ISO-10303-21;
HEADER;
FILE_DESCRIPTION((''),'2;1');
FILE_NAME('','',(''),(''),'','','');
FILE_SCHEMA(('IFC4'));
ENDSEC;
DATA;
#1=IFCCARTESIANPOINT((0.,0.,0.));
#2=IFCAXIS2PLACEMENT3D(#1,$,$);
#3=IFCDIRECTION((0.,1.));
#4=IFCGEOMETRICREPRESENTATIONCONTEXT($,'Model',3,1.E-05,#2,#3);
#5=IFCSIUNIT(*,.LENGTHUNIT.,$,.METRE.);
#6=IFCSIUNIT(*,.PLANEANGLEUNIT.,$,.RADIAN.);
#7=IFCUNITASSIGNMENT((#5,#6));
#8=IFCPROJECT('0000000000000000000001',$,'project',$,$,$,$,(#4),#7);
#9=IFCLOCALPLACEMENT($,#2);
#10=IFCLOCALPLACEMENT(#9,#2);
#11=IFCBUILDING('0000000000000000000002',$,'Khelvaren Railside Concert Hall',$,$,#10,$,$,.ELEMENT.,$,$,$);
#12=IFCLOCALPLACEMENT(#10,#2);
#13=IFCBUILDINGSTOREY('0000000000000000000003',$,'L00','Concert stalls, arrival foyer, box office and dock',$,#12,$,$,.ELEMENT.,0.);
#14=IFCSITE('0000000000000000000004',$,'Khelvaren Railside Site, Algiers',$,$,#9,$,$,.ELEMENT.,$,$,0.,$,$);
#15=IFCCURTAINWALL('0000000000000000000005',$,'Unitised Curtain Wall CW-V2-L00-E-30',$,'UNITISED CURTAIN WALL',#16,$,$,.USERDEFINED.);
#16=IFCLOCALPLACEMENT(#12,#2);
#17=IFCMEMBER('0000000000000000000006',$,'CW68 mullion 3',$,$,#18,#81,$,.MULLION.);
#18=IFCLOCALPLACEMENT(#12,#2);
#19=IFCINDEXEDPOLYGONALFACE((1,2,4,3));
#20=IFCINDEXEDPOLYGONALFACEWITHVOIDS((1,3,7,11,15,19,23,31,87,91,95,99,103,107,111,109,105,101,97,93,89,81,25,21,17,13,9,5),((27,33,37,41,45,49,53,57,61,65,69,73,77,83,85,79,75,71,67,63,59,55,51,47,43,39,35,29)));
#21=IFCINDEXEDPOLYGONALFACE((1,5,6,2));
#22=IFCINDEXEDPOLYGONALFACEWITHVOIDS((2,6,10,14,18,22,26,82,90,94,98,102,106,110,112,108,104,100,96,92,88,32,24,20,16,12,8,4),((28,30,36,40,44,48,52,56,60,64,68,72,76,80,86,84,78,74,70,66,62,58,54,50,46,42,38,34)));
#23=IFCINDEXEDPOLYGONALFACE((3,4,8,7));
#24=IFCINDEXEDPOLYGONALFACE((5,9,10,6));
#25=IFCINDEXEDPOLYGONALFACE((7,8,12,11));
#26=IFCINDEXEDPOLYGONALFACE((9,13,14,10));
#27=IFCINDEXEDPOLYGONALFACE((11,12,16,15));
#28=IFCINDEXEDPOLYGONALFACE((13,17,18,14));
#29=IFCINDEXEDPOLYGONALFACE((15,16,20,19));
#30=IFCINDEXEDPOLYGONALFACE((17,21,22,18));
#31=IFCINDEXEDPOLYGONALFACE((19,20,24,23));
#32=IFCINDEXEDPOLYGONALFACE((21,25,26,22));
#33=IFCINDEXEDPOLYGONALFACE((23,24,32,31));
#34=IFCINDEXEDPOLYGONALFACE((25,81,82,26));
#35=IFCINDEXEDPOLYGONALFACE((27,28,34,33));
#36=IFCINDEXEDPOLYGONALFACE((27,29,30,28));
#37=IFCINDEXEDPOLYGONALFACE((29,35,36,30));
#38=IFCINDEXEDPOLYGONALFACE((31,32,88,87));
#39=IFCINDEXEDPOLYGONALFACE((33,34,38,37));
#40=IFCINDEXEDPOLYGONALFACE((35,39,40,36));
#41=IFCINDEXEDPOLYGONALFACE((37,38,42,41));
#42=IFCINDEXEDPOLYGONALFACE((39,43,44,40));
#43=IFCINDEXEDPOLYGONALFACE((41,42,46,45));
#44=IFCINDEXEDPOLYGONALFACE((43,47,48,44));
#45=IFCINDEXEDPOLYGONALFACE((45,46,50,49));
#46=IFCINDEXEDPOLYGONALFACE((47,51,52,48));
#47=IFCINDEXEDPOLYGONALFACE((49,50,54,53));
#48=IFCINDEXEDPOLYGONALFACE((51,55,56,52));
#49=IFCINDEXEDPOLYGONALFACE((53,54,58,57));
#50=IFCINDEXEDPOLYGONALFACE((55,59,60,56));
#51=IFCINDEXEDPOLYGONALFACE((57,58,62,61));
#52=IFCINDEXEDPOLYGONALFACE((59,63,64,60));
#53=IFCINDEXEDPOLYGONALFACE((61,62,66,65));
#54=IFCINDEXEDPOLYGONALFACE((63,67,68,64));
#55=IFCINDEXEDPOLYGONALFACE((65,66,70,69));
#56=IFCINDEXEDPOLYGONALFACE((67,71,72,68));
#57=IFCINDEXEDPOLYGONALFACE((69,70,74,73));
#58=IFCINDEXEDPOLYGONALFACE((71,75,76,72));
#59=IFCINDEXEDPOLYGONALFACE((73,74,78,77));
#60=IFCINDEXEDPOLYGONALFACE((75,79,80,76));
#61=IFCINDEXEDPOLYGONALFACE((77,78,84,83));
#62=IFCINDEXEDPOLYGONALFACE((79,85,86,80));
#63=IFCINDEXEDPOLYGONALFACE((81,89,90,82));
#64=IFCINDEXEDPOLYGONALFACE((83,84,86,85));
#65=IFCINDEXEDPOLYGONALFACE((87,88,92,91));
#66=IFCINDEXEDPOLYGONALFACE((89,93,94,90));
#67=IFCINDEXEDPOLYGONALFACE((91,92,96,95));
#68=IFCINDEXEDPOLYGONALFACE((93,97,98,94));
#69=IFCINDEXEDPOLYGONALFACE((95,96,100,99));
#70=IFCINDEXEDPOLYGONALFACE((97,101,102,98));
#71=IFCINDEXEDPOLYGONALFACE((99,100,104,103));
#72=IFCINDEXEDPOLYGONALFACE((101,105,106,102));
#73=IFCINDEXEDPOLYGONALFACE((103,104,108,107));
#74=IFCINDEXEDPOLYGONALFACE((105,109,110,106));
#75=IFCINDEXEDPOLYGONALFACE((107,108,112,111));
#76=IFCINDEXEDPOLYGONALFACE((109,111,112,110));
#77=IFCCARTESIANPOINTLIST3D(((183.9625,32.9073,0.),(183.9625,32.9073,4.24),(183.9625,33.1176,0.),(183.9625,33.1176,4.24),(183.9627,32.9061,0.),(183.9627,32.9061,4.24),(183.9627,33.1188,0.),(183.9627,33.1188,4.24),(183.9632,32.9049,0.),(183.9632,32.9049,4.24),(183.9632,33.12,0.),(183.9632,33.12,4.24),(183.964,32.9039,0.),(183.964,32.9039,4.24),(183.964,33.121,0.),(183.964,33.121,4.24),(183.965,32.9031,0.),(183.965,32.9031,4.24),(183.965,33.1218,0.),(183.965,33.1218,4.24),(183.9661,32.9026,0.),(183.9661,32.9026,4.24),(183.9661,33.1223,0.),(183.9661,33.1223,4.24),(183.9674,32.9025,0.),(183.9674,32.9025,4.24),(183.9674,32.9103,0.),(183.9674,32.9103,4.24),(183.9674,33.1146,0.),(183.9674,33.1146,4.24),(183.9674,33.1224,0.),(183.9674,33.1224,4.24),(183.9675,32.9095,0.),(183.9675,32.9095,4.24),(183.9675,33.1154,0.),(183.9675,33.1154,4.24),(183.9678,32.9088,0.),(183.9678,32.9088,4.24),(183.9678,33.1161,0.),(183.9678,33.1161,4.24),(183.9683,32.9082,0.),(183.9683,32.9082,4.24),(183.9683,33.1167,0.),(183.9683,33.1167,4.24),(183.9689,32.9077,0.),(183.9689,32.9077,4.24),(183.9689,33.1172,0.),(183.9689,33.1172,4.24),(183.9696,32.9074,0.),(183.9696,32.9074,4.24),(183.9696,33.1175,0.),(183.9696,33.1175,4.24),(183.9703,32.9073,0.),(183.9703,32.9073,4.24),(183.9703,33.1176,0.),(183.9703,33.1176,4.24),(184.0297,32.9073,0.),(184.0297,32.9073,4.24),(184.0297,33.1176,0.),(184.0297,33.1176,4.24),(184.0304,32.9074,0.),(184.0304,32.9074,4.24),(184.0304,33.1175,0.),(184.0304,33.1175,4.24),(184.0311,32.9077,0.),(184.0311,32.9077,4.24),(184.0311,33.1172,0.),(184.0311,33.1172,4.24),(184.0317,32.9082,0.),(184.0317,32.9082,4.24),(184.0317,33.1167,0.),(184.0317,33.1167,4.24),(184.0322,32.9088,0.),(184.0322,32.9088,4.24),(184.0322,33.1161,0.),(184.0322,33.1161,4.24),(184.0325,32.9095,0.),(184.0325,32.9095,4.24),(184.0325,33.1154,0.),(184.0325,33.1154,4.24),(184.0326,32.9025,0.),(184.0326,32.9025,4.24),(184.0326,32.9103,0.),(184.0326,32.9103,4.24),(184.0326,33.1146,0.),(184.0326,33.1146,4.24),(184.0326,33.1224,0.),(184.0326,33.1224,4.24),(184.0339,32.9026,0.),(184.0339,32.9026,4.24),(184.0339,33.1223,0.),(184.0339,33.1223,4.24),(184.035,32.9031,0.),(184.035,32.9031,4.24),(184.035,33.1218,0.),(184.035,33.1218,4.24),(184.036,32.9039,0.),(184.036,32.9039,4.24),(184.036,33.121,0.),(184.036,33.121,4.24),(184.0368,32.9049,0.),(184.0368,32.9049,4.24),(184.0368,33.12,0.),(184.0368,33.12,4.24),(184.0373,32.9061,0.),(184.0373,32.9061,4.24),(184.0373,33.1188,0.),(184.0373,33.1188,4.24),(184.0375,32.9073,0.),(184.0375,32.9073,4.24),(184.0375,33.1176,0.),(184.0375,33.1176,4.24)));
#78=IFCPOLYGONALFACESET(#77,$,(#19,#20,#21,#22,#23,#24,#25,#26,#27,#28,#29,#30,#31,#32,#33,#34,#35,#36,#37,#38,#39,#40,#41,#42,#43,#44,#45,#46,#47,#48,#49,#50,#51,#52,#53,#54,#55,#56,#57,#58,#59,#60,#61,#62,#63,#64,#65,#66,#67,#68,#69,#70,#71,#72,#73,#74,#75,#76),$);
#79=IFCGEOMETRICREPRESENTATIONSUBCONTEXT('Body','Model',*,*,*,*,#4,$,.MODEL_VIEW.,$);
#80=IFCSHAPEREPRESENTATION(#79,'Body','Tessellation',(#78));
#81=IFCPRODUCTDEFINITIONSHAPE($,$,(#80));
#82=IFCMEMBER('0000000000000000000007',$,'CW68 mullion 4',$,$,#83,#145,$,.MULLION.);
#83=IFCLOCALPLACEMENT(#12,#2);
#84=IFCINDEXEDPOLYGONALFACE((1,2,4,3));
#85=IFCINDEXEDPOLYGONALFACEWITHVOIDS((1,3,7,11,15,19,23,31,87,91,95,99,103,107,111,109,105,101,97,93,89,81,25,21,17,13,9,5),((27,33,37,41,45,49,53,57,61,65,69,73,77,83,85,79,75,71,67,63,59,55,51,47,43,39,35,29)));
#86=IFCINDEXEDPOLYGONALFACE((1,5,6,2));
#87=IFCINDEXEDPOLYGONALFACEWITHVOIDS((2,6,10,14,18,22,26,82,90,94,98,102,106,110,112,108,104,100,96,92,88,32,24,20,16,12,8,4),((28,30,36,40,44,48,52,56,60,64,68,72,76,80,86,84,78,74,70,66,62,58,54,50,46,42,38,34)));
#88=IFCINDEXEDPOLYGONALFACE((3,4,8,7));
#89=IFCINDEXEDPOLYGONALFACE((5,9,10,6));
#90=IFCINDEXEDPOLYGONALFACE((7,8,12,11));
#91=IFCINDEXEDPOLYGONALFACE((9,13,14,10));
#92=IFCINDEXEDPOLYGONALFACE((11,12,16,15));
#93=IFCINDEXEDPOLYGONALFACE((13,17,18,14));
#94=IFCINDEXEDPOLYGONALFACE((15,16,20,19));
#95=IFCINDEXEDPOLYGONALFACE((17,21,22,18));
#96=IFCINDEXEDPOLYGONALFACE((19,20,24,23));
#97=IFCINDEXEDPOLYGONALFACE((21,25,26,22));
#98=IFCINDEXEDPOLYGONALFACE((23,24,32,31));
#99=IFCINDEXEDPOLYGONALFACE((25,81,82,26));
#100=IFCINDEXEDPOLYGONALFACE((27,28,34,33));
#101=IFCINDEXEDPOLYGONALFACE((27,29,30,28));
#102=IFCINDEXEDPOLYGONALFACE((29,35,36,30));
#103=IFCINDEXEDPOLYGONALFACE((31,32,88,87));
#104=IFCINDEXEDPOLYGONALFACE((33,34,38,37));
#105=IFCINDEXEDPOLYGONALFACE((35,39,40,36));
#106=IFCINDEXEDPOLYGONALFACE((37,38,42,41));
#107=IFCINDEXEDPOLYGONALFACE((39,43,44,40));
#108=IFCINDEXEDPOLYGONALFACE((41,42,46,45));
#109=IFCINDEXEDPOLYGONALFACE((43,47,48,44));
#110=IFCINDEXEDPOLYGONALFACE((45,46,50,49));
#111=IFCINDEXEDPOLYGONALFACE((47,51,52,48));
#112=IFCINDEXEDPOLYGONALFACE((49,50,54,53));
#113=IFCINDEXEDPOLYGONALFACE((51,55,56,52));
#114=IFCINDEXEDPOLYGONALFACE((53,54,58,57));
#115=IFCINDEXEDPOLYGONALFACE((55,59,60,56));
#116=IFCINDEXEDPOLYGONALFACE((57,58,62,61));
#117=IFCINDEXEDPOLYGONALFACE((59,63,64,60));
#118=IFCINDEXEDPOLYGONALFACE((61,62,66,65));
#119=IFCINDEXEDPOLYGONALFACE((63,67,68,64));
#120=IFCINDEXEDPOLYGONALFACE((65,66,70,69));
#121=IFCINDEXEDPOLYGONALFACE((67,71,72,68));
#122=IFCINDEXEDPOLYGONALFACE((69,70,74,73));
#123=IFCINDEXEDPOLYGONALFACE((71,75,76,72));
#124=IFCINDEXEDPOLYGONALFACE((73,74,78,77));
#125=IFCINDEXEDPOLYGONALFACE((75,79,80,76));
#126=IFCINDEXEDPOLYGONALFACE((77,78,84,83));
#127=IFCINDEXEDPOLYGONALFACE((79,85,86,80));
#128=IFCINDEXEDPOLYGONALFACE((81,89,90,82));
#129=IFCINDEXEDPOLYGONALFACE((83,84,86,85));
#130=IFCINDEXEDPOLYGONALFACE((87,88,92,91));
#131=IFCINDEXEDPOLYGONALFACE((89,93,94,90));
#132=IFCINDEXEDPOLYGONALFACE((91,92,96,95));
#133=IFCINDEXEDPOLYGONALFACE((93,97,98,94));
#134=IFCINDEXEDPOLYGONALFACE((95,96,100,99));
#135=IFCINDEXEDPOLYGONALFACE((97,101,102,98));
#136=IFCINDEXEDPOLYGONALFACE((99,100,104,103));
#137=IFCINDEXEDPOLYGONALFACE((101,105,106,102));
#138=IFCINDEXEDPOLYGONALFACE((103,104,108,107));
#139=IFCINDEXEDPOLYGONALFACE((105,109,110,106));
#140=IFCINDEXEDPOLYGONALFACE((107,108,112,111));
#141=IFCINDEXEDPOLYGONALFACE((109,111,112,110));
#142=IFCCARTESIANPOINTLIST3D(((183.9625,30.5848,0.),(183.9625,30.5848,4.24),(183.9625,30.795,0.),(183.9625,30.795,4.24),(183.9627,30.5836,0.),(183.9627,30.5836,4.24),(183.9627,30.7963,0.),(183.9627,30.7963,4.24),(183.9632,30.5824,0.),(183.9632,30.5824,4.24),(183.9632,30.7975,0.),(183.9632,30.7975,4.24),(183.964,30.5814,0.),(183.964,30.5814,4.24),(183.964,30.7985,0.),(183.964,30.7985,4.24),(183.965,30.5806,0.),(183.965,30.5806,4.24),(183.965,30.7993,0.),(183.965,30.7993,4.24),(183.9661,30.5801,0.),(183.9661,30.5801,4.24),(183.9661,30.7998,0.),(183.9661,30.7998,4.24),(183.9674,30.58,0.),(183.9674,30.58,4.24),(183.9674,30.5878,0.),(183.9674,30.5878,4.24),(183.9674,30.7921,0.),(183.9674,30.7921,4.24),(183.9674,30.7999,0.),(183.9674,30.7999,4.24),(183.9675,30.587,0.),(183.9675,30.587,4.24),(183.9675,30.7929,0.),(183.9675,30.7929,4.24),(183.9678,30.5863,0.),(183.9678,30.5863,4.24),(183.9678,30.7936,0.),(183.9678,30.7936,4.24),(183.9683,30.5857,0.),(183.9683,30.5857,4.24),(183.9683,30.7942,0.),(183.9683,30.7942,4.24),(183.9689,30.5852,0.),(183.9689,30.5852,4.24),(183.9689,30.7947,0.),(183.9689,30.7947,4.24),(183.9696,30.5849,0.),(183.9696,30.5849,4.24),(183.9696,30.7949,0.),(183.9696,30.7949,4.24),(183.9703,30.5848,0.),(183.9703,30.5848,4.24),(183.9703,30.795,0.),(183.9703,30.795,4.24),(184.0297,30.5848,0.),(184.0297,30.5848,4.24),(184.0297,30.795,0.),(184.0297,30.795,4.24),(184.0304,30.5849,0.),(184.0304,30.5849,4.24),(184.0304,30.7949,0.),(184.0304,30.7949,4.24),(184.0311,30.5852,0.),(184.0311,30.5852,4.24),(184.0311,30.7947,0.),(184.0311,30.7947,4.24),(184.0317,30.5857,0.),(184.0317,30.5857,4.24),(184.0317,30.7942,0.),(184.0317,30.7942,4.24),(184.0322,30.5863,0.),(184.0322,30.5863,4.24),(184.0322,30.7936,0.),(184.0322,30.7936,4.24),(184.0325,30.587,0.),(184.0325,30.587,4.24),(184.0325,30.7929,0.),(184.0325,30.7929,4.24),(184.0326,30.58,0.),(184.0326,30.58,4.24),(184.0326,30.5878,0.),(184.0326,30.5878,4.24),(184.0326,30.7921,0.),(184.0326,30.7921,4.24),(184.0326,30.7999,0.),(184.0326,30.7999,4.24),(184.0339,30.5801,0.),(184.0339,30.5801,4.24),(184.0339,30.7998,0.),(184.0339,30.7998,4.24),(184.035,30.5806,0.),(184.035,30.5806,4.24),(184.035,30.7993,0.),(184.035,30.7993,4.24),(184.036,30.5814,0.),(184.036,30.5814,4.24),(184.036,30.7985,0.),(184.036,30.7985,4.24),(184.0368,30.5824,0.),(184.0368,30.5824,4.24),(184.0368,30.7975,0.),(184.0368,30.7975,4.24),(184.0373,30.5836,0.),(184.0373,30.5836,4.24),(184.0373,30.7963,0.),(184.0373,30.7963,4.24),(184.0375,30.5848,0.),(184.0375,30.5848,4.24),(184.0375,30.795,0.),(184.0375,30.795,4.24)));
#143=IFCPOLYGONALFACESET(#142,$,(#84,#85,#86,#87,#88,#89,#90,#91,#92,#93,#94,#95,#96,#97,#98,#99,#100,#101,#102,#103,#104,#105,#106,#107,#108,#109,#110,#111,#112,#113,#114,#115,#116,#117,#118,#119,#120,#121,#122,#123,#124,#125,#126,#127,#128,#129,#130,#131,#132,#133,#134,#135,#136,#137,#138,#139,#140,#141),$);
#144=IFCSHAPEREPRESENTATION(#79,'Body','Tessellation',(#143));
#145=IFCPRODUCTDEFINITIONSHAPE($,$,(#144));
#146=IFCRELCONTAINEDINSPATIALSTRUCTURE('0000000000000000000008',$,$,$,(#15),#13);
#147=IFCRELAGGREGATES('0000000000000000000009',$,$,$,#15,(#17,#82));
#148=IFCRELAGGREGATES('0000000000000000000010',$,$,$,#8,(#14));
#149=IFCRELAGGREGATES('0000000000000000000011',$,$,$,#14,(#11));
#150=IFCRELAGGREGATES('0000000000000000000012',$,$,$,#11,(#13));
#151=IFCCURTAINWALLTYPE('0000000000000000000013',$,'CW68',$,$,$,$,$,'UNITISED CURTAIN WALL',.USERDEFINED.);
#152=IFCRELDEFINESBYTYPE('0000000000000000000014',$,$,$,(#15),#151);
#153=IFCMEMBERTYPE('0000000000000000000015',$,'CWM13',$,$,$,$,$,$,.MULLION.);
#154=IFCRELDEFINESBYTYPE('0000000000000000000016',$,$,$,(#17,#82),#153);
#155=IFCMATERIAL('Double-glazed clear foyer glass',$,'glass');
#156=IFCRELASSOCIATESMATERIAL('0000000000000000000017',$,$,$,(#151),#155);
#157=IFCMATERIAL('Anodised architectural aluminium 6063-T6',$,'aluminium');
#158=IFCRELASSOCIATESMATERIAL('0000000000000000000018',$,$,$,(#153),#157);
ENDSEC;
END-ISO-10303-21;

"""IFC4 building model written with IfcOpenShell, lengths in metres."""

from ifc_helpers import new_model, si_unit, direction, frame, origin, origin_2d, place, context, subcontext, project, spatial, hollow_rectangle, extrude, material, material_profile, profile_set, type_object, element, aggregate, save


model = new_model("IFC4")

# Units and contexts
model_context = context("Model", 3, precision=1e-05, world=origin(), true_north=direction((0.0, 1.0)))
body_context = subcontext(model_context, "Body", "Model", "MODEL_VIEW")
ifc_project = project(units=[si_unit("LENGTHUNIT", "METRE"), si_unit("PLANEANGLEUNIT", "RADIAN")], contexts=[model_context])

# Site, building, storey
site_placement = place(None, origin())
site = spatial("IfcSite", under=ifc_project, at=site_placement, Name="Khelvaren Railside Site, Algiers", CompositionType="ELEMENT", RefElevation=0.0)
building_placement = place(site_placement, origin())
building = spatial("IfcBuilding", under=site, at=building_placement, Name="Khelvaren Railside Concert Hall", CompositionType="ELEMENT")
storey_placement = place(building_placement, origin())
storey = spatial("IfcBuildingStorey", under=building, at=storey_placement, Name="L00", Description="Concert stalls, arrival foyer, box office and dock", CompositionType="ELEMENT", Elevation=0.0)

# Curtain wall, members
ifc_material_1 = material(Name="Double-glazed clear foyer glass", Category="glass")
curtain_wall_type_1 = type_object("IfcCurtainWallType", Name="CW68", ElementType="UNITISED CURTAIN WALL", PredefinedType="USERDEFINED", material=ifc_material_1)
curtain_wall_1_placement = place(storey_placement, origin())
curtain_wall_1 = element("IfcCurtainWall", 1, at=curtain_wall_1_placement, inside=storey, type_object=curtain_wall_type_1, Name="Unitised Curtain Wall CW-V2-L00-E-30", ObjectType="UNITISED CURTAIN WALL", PredefinedType="USERDEFINED")
ifc_material_2 = material(Name="Anodised architectural aluminium 6063-T6", Category="aluminium")
ifc_material_profile_1 = material_profile(ifc_material_2, hollow_rectangle(XDim=0.075, YDim=0.22, WallThickness=0.0049, InnerFilletRadius=0.0029, OuterFilletRadius=0.0049, at=origin_2d()), Name="CWM 75x220x5")
ifc_profile_set_1 = profile_set([ifc_material_profile_1], Name="Anodised architectural aluminium 6063-T6")
member_type_1 = type_object("IfcMemberType", Name="CWM13", PredefinedType="MULLION", material=ifc_profile_set_1)
member_1_placement = place(storey_placement, frame((184.0, 33.0125, 0.0), z_axis=(0.0, 0.0, 1.0), x_axis=(1.0, 0.0, 0.0)))
member_1 = element("IfcMember", 2, at=member_1_placement, type_object=member_type_1, Name="CW68 mullion 3", PredefinedType="MULLION", context=body_context, shape_type="SweptSolid", body=[
    extrude(hollow_rectangle(XDim=0.075, YDim=0.22, WallThickness=0.0049, InnerFilletRadius=0.0029, OuterFilletRadius=0.0049, at=origin_2d()), origin(), (0.0, 0.0, 1.0), 4.24),
])
member_2_placement = place(storey_placement, frame((184.0, 30.6899, 0.0), z_axis=(0.0, 0.0, 1.0), x_axis=(1.0, 0.0, 0.0)))
member_2 = element("IfcMember", 3, at=member_2_placement, type_object=member_type_1, Name="CW68 mullion 4", PredefinedType="MULLION", context=body_context, shape_type="SweptSolid", body=[
    extrude(hollow_rectangle(XDim=0.075, YDim=0.22, WallThickness=0.0049, InnerFilletRadius=0.0029, OuterFilletRadius=0.0049, at=origin_2d()), origin(), (0.0, 0.0, 1.0), 4.24),
])

aggregate(curtain_wall_1, [member_1, member_2])

save(model, "model.ifc")
